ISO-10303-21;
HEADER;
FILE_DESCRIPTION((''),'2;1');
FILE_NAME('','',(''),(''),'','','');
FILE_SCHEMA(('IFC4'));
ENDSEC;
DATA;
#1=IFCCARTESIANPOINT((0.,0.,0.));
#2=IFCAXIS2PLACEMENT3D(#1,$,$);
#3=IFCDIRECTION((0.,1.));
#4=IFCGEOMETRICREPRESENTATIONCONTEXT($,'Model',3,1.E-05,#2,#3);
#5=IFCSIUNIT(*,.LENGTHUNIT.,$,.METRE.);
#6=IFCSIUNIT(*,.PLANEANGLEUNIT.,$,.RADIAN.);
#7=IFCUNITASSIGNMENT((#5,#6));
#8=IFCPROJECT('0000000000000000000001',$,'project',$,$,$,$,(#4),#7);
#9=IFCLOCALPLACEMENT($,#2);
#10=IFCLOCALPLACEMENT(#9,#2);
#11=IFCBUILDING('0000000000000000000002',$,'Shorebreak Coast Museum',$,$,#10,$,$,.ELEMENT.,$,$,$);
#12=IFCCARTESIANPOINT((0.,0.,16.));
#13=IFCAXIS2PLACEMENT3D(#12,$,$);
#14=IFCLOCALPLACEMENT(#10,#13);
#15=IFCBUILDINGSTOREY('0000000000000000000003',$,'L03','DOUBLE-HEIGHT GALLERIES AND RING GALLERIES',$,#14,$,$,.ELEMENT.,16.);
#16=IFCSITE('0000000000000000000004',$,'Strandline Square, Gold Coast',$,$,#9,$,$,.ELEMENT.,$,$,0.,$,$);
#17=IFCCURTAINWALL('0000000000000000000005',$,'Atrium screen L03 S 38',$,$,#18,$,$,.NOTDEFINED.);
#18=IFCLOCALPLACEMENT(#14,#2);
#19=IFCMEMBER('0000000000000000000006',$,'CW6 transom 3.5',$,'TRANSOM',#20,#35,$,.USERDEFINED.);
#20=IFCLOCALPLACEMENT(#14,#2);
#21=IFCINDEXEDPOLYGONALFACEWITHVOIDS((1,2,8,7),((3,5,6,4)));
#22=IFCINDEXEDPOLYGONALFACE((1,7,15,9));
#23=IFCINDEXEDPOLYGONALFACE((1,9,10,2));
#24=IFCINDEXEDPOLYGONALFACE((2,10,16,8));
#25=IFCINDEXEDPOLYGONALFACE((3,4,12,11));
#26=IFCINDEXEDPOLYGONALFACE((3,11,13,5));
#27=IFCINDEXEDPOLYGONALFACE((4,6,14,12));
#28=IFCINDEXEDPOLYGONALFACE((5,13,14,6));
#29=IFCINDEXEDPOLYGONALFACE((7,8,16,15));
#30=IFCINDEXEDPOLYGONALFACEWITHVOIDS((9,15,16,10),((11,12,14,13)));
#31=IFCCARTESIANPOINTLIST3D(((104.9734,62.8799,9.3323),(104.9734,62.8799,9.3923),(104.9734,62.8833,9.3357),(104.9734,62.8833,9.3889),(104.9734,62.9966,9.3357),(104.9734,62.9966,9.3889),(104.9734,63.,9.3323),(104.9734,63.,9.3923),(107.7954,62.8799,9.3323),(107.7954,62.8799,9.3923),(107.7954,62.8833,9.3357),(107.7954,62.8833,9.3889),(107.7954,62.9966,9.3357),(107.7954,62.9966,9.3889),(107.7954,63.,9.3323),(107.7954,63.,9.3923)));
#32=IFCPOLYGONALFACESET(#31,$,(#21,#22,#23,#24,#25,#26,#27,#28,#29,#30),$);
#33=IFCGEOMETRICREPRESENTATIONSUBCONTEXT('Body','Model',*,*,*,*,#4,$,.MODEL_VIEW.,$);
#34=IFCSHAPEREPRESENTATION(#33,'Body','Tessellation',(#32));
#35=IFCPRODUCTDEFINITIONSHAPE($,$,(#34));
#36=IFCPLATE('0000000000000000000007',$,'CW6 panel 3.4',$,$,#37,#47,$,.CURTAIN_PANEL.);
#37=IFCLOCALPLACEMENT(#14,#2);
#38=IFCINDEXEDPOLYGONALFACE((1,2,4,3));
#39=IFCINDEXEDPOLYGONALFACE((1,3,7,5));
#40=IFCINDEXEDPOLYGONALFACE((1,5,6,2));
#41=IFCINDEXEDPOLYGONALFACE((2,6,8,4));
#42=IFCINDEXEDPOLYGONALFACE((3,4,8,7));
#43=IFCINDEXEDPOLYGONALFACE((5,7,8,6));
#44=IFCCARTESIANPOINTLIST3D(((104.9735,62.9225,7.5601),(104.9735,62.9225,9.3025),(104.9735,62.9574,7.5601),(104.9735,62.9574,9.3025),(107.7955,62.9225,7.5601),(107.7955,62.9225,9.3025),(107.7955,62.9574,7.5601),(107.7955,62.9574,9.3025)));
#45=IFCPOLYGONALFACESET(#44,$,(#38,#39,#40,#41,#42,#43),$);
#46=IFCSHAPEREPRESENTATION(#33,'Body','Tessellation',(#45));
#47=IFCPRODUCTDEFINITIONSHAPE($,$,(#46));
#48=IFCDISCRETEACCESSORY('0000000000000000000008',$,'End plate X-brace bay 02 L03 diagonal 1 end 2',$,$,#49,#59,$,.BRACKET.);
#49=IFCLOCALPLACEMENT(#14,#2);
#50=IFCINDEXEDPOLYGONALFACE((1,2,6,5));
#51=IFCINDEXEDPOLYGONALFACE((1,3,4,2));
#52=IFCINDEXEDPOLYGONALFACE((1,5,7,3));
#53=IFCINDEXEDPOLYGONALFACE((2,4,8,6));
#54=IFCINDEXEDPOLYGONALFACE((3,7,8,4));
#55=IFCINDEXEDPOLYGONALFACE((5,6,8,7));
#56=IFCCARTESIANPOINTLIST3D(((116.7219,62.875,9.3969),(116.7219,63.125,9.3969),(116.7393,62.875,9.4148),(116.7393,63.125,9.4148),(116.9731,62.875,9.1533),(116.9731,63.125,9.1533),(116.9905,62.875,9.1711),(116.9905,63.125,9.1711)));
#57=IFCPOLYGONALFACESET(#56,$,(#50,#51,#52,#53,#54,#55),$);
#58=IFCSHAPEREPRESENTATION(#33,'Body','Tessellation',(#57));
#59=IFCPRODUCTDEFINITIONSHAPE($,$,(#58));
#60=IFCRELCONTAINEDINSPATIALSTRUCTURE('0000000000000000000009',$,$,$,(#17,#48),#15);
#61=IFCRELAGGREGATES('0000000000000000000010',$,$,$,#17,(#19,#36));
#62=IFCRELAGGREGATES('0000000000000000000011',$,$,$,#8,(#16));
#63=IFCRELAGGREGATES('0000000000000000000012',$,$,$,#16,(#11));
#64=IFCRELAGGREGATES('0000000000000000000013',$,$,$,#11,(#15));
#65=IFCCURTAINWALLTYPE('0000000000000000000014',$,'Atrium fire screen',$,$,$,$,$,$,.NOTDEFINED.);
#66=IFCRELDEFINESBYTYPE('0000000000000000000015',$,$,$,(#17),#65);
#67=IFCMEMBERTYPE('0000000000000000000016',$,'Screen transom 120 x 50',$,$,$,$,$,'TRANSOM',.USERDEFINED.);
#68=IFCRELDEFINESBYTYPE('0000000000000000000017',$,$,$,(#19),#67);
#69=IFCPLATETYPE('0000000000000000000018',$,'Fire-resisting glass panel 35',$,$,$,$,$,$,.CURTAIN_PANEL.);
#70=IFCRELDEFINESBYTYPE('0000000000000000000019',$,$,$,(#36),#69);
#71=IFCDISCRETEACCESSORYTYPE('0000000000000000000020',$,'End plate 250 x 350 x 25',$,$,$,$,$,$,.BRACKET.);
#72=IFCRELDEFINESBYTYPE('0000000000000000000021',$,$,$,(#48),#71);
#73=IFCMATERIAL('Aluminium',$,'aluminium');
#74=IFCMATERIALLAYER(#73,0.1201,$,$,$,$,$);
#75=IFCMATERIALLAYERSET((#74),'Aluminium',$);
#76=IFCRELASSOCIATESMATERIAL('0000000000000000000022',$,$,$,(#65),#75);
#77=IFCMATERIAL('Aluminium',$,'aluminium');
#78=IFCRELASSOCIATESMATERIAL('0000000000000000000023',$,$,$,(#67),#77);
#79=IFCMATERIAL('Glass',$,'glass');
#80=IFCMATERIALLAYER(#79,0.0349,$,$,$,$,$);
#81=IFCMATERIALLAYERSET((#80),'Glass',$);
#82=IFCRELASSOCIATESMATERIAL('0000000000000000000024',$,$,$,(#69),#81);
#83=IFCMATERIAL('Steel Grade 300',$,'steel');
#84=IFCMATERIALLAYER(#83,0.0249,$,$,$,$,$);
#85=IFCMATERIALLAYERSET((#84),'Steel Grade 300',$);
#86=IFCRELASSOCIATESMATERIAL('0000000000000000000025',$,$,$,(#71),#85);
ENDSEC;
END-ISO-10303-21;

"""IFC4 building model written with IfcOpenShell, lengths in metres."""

from ifc_helpers import new_model, si_unit, direction, frame, origin, origin_2d, place, context, subcontext, project, spatial, polyline, rectangle, hollow_rectangle, outline, extrude, material, layer, layer_set, material_profile, profile_set, type_object, element, aggregate, save


model = new_model("IFC4")

# Units and contexts
model_context = context("Model", 3, precision=1e-05, world=origin(), true_north=direction((0.0, 1.0)))
body_context = subcontext(model_context, "Body", "Model", "MODEL_VIEW")
ifc_project = project(units=[si_unit("LENGTHUNIT", "METRE"), si_unit("PLANEANGLEUNIT", "RADIAN")], contexts=[model_context])

# Site, building, storey
site_placement = place(None, origin())
site = spatial("IfcSite", under=ifc_project, at=site_placement, Name="Strandline Square, Gold Coast", CompositionType="ELEMENT", RefElevation=0.0)
building_placement = place(site_placement, origin())
building = spatial("IfcBuilding", under=site, at=building_placement, Name="Shorebreak Coast Museum", CompositionType="ELEMENT")
storey_placement = place(building_placement, frame((0.0, 0.0, 16.0)))
storey = spatial("IfcBuildingStorey", under=building, at=storey_placement, Name="L03", Description="DOUBLE-HEIGHT GALLERIES AND RING GALLERIES", CompositionType="ELEMENT", Elevation=16.0)

# Curtain wall, member, plate
ifc_material_1 = material(Name="Aluminium", Category="aluminium")
ifc_layer_1 = layer(ifc_material_1, 0.1201)
ifc_layer_set_1 = layer_set([ifc_layer_1], Name="Aluminium")
curtain_wall_type = type_object("IfcCurtainWallType", Name="Atrium fire screen", PredefinedType="NOTDEFINED", material=ifc_layer_set_1)
curtain_wall_placement = place(storey_placement, origin())
curtain_wall = element("IfcCurtainWall", 1, at=curtain_wall_placement, inside=storey, type_object=curtain_wall_type, Name="Atrium screen L03 S 38", PredefinedType="NOTDEFINED")
ifc_material_2 = material(Name="Aluminium", Category="aluminium")
ifc_material_profile = material_profile(ifc_material_2, hollow_rectangle(XDim=0.1201, YDim=0.0601, WallThickness=0.0034, at=origin_2d()), Name="AL 60x120 RHS")
ifc_profile_set = profile_set([ifc_material_profile], Name="Aluminium")
member_type = type_object("IfcMemberType", Name="Screen transom 120 x 50", ElementType="TRANSOM", PredefinedType="USERDEFINED", material=ifc_profile_set)
member_placement = place(storey_placement, frame((104.9734, 62.9399, 9.3623), z_axis=(1.0, 0.0, 0.0), x_axis=(0.0, 1.0, 0.0)))
member = element("IfcMember", 2, at=member_placement, type_object=member_type, Name="CW6 transom 3.5", ObjectType="TRANSOM", PredefinedType="USERDEFINED", context=body_context, shape_type="SweptSolid", body=[
    extrude(hollow_rectangle(XDim=0.1201, YDim=0.0601, WallThickness=0.0034, at=origin_2d()), origin(), (0.0, 0.0, 1.0), 2.822),
])
ifc_material_3 = material(Name="Glass", Category="glass")
ifc_layer_2 = layer(ifc_material_3, 0.0349)
ifc_layer_set_2 = layer_set([ifc_layer_2], Name="Glass")
plate_type = type_object("IfcPlateType", Name="Fire-resisting glass panel 35", PredefinedType="CURTAIN_PANEL", material=ifc_layer_set_2)
plate_placement = place(storey_placement, frame((106.3845, 62.9399, 7.5601), z_axis=(0.0, 0.0, 1.0), x_axis=(1.0, 0.0, 0.0)))
plate = element("IfcPlate", 3, at=plate_placement, type_object=plate_type, Name="CW6 panel 3.4", PredefinedType="CURTAIN_PANEL", context=body_context, shape_type="SweptSolid", body=[
    extrude(rectangle(XDim=2.822, YDim=0.0349, at=origin_2d()), origin(), (0.0, 0.0, 1.0), 1.7424),
])
aggregate(curtain_wall, [member, plate])

# Discrete accessory
ifc_material_4 = material(Name="Steel Grade 300", Category="steel")
ifc_layer_3 = layer(ifc_material_4, 0.0249)
ifc_layer_set_3 = layer_set([ifc_layer_3], Name="Steel Grade 300")
discrete_accessory_type = type_object("IfcDiscreteAccessoryType", Name="End plate 250 x 350 x 25", PredefinedType="BRACKET", material=ifc_layer_set_3)
discrete_accessory_placement = place(storey_placement, frame((116.9905, 62.875, 9.1711), z_axis=(0.696211, 0.0, 0.717837), x_axis=(0.0, 1.0, 0.0)))
element("IfcDiscreteAccessory", 4, at=discrete_accessory_placement, inside=storey, type_object=discrete_accessory_type, Name="End plate X-brace bay 02 L03 diagonal 1 end 2", PredefinedType="BRACKET", context=body_context, shape_type="SweptSolid", body=[
    extrude(outline(polyline([(0.0, 0.0), (0.25, 0.0), (0.25, 0.35), (0.0, 0.35), (0.0, 0.0)])), origin(), (0.0, 0.0, -1.0), 0.0249),
])

save(model, "model.ifc")
